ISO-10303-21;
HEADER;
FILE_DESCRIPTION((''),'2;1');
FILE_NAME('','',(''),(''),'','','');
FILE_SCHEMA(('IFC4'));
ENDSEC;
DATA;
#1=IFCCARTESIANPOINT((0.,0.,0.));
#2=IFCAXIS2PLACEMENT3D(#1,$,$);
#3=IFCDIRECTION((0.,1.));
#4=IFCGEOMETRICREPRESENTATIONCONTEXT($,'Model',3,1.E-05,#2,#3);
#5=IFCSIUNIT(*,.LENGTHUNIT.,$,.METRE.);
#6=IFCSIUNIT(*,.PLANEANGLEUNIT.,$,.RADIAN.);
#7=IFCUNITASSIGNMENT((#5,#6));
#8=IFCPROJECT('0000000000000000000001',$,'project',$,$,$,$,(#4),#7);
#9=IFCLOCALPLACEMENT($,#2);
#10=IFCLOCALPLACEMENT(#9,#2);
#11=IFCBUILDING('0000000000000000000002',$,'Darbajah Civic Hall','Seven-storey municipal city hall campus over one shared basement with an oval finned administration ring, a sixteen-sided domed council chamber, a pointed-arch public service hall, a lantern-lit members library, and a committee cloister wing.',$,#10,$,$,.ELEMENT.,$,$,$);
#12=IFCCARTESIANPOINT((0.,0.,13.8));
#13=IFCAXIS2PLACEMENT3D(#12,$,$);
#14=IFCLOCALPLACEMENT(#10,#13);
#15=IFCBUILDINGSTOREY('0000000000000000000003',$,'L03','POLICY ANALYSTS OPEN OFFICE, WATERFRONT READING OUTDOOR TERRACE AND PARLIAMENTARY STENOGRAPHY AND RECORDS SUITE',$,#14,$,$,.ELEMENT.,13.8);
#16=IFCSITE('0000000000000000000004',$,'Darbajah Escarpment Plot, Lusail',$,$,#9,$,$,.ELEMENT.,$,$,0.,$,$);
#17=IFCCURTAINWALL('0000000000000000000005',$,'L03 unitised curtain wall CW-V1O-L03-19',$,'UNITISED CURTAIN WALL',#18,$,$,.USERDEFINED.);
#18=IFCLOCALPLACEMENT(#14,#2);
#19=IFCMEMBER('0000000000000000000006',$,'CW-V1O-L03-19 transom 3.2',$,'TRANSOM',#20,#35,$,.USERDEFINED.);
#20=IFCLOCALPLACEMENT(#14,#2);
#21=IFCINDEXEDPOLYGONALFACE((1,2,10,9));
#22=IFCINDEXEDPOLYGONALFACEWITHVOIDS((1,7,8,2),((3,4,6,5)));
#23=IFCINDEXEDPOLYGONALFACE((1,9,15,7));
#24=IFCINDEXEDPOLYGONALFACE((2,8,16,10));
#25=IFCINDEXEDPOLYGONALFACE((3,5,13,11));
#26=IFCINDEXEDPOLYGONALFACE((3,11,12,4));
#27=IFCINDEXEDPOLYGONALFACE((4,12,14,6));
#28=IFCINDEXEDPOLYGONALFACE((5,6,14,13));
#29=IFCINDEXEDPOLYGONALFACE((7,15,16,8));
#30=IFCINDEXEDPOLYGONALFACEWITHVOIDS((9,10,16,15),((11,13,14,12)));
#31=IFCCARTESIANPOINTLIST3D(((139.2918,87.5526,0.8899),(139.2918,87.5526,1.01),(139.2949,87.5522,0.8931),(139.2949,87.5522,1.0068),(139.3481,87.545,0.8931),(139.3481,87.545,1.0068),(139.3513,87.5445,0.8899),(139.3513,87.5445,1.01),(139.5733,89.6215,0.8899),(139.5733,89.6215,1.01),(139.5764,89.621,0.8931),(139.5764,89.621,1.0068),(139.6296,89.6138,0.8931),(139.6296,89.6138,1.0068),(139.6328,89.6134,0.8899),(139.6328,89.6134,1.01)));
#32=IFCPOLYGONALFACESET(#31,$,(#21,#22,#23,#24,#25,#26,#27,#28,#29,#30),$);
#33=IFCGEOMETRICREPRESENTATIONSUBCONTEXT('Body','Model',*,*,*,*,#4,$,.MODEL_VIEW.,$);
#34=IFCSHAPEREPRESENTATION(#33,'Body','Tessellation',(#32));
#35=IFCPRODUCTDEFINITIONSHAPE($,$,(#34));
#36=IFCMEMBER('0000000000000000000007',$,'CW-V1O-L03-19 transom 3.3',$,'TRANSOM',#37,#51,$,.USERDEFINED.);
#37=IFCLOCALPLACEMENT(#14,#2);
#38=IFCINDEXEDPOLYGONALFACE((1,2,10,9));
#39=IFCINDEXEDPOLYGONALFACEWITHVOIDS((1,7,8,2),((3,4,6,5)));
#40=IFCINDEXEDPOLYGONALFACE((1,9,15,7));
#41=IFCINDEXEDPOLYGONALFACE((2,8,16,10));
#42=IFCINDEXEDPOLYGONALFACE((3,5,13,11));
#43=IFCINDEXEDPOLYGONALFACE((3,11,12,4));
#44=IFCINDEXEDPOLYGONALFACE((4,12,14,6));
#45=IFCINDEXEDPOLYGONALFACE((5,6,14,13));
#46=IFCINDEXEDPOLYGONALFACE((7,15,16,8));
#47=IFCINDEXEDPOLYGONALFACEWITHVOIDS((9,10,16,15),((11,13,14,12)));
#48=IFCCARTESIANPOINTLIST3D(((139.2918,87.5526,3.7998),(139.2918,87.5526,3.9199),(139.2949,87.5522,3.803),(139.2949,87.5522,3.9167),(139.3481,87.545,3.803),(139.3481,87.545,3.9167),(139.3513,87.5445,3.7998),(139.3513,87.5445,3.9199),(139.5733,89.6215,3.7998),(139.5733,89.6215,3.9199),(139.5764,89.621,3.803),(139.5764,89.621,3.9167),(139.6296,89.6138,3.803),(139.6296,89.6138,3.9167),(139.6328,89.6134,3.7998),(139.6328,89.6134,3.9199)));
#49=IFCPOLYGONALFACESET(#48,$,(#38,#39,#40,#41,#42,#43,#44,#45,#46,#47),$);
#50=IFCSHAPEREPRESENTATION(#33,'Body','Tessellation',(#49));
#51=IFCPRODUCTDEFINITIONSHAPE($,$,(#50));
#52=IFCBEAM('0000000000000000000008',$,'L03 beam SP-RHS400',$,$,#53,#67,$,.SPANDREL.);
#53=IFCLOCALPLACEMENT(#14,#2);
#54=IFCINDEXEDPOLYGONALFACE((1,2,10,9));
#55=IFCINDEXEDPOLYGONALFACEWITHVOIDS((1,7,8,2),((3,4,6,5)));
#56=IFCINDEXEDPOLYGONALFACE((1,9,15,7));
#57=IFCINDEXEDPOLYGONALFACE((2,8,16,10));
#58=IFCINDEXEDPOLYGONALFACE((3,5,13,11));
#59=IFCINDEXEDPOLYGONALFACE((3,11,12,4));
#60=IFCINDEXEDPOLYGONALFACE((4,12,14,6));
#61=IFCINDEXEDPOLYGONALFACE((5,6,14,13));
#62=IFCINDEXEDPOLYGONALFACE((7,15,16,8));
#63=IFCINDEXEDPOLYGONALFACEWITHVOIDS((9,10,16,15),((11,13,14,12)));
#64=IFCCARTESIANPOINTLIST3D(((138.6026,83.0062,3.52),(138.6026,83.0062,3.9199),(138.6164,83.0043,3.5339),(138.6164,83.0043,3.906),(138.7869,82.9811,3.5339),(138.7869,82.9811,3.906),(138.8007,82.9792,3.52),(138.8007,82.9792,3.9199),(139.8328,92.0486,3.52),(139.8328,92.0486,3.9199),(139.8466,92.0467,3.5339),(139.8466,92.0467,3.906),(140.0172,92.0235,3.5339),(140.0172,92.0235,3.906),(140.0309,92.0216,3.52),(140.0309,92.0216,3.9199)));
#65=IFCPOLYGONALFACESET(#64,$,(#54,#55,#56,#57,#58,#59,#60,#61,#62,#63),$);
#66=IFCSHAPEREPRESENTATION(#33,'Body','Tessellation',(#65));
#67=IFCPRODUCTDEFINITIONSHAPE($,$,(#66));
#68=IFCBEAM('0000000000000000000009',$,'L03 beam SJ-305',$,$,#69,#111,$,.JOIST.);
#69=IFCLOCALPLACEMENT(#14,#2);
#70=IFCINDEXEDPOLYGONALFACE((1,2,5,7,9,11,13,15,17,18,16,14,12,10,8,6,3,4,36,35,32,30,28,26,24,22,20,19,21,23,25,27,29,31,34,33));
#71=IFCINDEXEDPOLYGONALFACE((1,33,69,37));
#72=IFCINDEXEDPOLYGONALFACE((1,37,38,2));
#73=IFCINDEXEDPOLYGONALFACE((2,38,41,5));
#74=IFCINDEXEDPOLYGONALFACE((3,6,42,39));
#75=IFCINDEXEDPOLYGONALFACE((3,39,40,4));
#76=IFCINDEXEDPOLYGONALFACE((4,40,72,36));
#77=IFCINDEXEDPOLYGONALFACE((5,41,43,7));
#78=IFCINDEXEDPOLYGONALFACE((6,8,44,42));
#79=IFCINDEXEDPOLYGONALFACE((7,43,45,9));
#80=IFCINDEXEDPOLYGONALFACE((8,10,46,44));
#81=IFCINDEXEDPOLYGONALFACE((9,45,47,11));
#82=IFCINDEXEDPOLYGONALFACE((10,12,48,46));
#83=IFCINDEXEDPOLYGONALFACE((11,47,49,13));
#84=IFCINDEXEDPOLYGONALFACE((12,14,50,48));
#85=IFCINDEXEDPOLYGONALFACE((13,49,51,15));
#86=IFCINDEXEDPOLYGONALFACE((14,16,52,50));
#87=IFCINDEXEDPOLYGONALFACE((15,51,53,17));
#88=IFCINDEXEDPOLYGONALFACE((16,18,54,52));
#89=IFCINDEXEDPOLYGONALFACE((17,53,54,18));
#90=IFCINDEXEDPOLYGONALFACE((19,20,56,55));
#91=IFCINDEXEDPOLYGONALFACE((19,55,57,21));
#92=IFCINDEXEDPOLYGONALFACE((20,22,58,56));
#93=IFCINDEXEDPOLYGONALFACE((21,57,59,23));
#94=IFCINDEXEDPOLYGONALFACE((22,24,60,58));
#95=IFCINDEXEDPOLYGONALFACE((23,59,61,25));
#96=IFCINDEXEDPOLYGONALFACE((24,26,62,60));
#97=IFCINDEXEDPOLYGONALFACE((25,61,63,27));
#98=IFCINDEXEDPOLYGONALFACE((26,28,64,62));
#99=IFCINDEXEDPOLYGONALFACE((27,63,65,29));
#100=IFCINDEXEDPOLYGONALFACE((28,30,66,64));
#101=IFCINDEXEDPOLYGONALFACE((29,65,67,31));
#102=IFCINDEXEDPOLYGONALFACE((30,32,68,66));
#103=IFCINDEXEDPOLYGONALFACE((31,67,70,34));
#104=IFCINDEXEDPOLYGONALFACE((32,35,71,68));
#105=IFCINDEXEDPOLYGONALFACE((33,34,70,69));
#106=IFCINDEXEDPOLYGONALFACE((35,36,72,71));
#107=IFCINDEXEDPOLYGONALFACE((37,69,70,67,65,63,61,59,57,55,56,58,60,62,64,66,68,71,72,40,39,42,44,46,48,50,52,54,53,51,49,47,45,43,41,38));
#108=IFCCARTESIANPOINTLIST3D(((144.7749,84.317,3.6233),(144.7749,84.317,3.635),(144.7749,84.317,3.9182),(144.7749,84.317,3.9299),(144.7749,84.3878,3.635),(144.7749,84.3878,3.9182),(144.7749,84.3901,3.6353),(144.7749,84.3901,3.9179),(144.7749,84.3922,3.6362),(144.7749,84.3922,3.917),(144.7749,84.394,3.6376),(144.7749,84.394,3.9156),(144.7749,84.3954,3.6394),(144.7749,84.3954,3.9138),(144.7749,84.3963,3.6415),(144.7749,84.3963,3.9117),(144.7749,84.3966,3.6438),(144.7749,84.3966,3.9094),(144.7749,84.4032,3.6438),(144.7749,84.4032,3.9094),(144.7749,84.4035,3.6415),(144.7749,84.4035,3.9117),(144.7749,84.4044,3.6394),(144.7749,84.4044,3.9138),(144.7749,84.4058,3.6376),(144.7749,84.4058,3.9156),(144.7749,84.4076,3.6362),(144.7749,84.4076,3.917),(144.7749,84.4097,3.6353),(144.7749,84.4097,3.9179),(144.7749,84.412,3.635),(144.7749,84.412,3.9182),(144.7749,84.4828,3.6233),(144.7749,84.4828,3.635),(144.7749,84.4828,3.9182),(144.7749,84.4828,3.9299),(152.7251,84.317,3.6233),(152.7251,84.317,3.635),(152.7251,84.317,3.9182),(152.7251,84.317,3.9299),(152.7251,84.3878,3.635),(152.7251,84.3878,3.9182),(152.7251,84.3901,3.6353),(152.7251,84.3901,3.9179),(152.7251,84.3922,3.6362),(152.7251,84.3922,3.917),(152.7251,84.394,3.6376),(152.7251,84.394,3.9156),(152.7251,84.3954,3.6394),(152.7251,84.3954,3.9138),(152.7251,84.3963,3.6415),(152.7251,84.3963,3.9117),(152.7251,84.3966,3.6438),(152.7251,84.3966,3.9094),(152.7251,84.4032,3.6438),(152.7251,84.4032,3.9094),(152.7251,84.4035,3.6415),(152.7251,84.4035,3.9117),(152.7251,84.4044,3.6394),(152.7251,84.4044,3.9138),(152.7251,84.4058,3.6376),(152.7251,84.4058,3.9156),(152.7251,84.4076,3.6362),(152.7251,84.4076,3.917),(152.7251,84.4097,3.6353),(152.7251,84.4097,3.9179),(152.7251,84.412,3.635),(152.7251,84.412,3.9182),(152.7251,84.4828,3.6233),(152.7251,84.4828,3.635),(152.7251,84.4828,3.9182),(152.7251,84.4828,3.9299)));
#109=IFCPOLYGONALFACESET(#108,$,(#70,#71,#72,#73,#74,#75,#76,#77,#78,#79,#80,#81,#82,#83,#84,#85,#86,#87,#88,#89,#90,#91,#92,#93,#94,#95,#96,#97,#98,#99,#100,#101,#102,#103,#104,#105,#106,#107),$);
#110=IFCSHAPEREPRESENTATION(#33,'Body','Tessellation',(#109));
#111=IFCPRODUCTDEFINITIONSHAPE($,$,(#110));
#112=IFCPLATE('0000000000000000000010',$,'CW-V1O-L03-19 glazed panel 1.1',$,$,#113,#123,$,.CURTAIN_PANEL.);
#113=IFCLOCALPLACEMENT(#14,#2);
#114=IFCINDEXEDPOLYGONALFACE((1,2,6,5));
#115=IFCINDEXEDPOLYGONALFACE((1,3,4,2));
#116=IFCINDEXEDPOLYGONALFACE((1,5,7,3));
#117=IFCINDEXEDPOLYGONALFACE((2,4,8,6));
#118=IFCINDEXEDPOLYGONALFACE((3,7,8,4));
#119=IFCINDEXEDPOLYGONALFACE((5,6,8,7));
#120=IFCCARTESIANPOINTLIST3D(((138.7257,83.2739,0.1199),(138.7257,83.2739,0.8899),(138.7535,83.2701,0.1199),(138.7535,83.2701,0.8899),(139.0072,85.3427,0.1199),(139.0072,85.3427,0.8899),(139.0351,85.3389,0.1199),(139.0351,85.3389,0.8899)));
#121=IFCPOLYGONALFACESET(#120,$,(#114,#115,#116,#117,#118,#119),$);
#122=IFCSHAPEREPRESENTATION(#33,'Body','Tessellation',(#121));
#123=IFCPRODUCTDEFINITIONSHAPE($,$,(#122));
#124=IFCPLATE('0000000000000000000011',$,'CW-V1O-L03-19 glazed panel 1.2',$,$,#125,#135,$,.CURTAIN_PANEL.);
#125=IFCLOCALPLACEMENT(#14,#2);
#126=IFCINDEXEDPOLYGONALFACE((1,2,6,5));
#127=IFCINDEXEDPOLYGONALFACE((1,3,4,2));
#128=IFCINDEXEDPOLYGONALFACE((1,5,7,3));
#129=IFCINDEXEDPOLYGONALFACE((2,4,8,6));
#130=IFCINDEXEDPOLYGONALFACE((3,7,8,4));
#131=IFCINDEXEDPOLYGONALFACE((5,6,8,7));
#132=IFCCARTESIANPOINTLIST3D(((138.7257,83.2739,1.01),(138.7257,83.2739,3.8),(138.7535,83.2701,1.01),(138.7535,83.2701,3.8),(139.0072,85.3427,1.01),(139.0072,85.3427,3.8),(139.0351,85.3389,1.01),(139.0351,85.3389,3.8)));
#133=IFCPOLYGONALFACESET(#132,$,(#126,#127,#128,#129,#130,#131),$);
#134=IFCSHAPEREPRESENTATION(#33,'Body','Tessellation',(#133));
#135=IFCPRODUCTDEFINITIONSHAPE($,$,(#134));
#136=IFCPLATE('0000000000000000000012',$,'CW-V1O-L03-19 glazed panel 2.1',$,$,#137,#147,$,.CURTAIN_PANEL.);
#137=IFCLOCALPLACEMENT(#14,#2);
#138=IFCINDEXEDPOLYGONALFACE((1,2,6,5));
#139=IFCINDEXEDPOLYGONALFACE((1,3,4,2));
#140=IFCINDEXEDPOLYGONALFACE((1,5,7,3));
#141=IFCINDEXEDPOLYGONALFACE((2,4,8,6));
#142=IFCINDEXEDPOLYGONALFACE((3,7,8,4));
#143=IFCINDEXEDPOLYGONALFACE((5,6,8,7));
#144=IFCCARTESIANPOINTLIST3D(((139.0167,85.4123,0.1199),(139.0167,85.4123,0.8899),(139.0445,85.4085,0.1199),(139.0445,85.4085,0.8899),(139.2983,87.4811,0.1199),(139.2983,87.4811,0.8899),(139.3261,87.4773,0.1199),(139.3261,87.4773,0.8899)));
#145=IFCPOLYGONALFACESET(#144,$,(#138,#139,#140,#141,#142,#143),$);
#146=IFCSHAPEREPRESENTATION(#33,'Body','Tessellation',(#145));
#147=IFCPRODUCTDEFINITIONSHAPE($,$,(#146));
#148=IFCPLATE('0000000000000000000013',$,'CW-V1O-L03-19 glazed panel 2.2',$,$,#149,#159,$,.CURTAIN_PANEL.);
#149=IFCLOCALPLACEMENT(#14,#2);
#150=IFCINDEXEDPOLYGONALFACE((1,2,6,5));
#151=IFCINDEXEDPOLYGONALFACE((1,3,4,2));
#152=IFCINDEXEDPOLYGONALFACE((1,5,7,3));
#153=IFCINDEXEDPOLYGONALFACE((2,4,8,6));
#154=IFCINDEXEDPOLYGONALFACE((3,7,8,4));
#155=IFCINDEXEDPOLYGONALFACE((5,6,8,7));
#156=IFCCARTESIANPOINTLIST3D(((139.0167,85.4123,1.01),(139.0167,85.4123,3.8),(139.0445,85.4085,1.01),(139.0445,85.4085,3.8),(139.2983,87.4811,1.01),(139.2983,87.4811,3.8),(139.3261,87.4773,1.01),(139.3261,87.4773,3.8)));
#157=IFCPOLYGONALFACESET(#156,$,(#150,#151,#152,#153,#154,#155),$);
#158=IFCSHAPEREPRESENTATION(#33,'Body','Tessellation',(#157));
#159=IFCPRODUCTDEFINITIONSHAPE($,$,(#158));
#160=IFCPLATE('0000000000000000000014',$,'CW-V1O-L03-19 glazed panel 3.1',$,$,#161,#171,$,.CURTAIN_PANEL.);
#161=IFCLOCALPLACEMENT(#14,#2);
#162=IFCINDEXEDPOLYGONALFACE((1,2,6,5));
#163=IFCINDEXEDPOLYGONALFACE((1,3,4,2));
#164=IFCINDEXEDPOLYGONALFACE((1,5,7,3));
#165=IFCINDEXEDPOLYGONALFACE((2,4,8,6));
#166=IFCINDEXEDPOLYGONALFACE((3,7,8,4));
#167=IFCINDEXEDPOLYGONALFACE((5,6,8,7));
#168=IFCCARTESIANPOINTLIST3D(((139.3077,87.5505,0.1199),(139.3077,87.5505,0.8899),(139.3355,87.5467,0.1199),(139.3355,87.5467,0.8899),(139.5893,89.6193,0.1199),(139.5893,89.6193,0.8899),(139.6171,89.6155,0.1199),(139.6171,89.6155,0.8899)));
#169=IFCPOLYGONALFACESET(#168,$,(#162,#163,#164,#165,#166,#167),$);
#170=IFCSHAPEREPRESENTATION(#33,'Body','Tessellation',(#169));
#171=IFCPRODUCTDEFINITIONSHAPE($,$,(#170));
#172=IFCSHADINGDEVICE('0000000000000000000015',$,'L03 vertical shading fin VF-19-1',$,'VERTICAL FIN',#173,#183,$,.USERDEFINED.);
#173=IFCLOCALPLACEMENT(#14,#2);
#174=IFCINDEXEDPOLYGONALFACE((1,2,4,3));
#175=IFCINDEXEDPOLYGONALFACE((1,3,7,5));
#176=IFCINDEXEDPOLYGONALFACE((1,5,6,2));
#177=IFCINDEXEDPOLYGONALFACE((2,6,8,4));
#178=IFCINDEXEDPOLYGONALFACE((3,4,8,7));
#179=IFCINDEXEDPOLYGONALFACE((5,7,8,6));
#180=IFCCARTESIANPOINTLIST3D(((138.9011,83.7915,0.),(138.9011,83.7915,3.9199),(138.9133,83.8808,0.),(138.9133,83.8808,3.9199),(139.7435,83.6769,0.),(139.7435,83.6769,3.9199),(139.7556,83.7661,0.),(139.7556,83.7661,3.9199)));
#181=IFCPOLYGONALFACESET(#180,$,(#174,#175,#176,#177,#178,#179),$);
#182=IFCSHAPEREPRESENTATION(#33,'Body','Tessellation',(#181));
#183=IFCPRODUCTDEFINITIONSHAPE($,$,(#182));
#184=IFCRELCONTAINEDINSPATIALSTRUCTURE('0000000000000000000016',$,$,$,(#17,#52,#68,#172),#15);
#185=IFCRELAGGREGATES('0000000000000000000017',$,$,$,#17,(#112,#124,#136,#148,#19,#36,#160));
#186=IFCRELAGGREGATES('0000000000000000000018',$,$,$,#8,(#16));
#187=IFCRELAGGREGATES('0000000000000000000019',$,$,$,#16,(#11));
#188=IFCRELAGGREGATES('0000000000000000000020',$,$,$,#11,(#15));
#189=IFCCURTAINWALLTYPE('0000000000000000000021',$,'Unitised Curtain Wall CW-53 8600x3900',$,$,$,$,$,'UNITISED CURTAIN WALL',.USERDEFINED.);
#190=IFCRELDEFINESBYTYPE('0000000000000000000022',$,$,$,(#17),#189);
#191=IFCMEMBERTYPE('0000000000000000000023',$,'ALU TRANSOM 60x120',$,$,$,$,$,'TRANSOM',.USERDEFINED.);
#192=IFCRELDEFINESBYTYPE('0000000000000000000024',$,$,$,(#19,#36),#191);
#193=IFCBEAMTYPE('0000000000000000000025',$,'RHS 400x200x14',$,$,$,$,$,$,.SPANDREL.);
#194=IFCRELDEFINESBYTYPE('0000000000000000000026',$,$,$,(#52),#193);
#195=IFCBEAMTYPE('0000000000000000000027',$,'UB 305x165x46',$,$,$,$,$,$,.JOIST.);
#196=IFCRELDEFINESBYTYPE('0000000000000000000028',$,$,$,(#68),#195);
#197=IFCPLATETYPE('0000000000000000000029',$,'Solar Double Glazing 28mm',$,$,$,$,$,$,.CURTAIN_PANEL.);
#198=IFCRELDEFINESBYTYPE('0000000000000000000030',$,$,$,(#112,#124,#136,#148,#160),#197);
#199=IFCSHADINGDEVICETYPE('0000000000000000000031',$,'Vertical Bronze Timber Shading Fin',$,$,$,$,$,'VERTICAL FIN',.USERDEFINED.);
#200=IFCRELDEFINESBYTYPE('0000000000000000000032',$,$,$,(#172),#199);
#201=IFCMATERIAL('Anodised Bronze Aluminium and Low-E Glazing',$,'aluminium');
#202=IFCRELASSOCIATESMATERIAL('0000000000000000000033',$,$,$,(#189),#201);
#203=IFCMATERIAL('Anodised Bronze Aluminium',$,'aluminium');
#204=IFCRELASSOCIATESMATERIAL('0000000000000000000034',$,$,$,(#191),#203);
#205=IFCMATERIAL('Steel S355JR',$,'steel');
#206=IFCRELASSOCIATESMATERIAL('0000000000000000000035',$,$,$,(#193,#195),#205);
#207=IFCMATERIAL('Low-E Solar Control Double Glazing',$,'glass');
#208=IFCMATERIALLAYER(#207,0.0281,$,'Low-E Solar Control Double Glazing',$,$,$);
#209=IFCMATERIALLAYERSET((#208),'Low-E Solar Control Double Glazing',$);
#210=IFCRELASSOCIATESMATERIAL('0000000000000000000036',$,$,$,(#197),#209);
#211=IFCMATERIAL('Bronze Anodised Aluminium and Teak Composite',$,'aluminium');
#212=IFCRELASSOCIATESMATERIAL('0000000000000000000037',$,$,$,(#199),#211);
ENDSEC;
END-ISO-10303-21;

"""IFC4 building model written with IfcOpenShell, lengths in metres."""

from ifc_helpers import new_model, si_unit, direction, frame, origin, origin_2d, place, context, subcontext, project, spatial, rectangle, hollow_rectangle, i_section, extrude, material, layer, layer_set, material_profile, profile_set, type_object, element, aggregate, save


model = new_model("IFC4")

# Units and contexts
model_context = context("Model", 3, precision=1e-05, world=origin(), true_north=direction((0.0, 1.0)))
body_context = subcontext(model_context, "Body", "Model", "MODEL_VIEW")
ifc_project = project(units=[si_unit("LENGTHUNIT", "METRE"), si_unit("PLANEANGLEUNIT", "RADIAN")], contexts=[model_context])

# Site, building, storey
site_placement = place(None, origin())
site = spatial("IfcSite", under=ifc_project, at=site_placement, Name="Darbajah Escarpment Plot, Lusail", CompositionType="ELEMENT", RefElevation=0.0)
building_placement = place(site_placement, origin())
building = spatial("IfcBuilding", under=site, at=building_placement, Name="Darbajah Civic Hall", Description="Seven-storey municipal city hall campus over one shared basement with an oval finned administration ring, a sixteen-sided domed council chamber, a pointed-arch public service hall, a lantern-lit members library, and a committee cloister wing.", CompositionType="ELEMENT")
storey_placement = place(building_placement, frame((0.0, 0.0, 13.8)))
storey = spatial("IfcBuildingStorey", under=building, at=storey_placement, Name="L03", Description="POLICY ANALYSTS OPEN OFFICE, WATERFRONT READING OUTDOOR TERRACE AND PARLIAMENTARY STENOGRAPHY AND RECORDS SUITE", CompositionType="ELEMENT", Elevation=13.8)

# Curtain wall, members
ifc_material_1 = material(Name="Anodised Bronze Aluminium and Low-E Glazing", Category="aluminium")
curtain_wall_type = type_object("IfcCurtainWallType", Name="Unitised Curtain Wall CW-53 8600x3900", ElementType="UNITISED CURTAIN WALL", PredefinedType="USERDEFINED", material=ifc_material_1)
curtain_wall_placement = place(storey_placement, origin())
curtain_wall = element("IfcCurtainWall", 1, at=curtain_wall_placement, inside=storey, type_object=curtain_wall_type, Name="L03 unitised curtain wall CW-V1O-L03-19", ObjectType="UNITISED CURTAIN WALL", PredefinedType="USERDEFINED")
ifc_material_2 = material(Name="Anodised Bronze Aluminium", Category="aluminium")
ifc_material_profile_1 = material_profile(ifc_material_2, hollow_rectangle(XDim=0.0601, YDim=0.1201, WallThickness=0.0032, at=origin_2d()), Name="ALU TRANSOM 60x120")
ifc_profile_set_1 = profile_set([ifc_material_profile_1], Name="Anodised Bronze Aluminium")
member_type_1 = type_object("IfcMemberType", Name="ALU TRANSOM 60x120", ElementType="TRANSOM", PredefinedType="USERDEFINED", material=ifc_profile_set_1)
member_1_placement = place(storey_placement, frame((139.3215, 87.5486, 0.95), z_axis=(0.134821, 0.99087, 0.0), x_axis=(-0.99087, 0.134821, 0.0)))
member_1 = element("IfcMember", 2, at=member_1_placement, type_object=member_type_1, Name="CW-V1O-L03-19 transom 3.2", ObjectType="TRANSOM", PredefinedType="USERDEFINED", context=body_context, shape_type="SweptSolid", body=[
    extrude(hollow_rectangle(XDim=0.0601, YDim=0.1201, WallThickness=0.0032, at=origin_2d()), origin(), (0.0, 0.0, 1.0), 2.0879),
])
member_2_placement = place(storey_placement, frame((139.3215, 87.5486, 3.8599), z_axis=(0.134821, 0.99087, 0.0), x_axis=(-0.99087, 0.134821, 0.0)))
member_2 = element("IfcMember", 3, at=member_2_placement, type_object=member_type_1, Name="CW-V1O-L03-19 transom 3.3", ObjectType="TRANSOM", PredefinedType="USERDEFINED", context=body_context, shape_type="SweptSolid", body=[
    extrude(hollow_rectangle(XDim=0.0601, YDim=0.1201, WallThickness=0.0032, at=origin_2d()), origin(), (0.0, 0.0, 1.0), 2.0879),
])

# Beams
ifc_material_3 = material(Name="Steel S355JR", Category="steel")
ifc_material_profile_2 = material_profile(ifc_material_3, hollow_rectangle(XDim=0.2, YDim=0.3999, WallThickness=0.0139, at=origin_2d()), Name="RHS 400x200x14")
ifc_profile_set_2 = profile_set([ifc_material_profile_2], Name="Steel S355JR")
beam_type_1 = type_object("IfcBeamType", Name="RHS 400x200x14", PredefinedType="SPANDREL", material=ifc_profile_set_2)
beam_1_placement = place(storey_placement, frame((138.7017, 82.9927, 3.72), z_axis=(0.134808, 0.990872, 0.0), x_axis=(-0.990872, 0.134808, 0.0)))
element("IfcBeam", 4, at=beam_1_placement, inside=storey, type_object=beam_type_1, Name="L03 beam SP-RHS400", PredefinedType="SPANDREL", context=body_context, shape_type="SweptSolid", body=[
    extrude(hollow_rectangle(XDim=0.2, YDim=0.3999, WallThickness=0.0139, at=origin_2d()), origin(), (0.0, 0.0, 1.0), 9.1257),
])
ifc_material_profile_3 = material_profile(ifc_material_3, i_section(OverallWidth=0.1658, OverallDepth=0.3066, WebThickness=0.0066, FlangeThickness=0.0117, FilletRadius=0.0088, at=origin_2d()), Name="UB 305x165x46")
ifc_profile_set_3 = profile_set([ifc_material_profile_3], Name="Steel S355JR")
beam_type_2 = type_object("IfcBeamType", Name="UB 305x165x46", PredefinedType="JOIST", material=ifc_profile_set_3)
beam_2_placement = place(storey_placement, frame((144.7749, 84.3999, 3.7766), z_axis=(1.0, 0.0, 0.0), x_axis=(0.0, 1.0, 0.0)))
element("IfcBeam", 5, at=beam_2_placement, inside=storey, type_object=beam_type_2, Name="L03 beam SJ-305", PredefinedType="JOIST", context=body_context, shape_type="SweptSolid", body=[
    extrude(i_section(OverallWidth=0.1658, OverallDepth=0.3066, WebThickness=0.0066, FlangeThickness=0.0117, FilletRadius=0.0088, at=origin_2d()), origin(), (0.0, 0.0, 1.0), 7.9502),
])

# Plates
ifc_material_4 = material(Name="Low-E Solar Control Double Glazing", Category="glass")
ifc_layer = layer(ifc_material_4, 0.0281, Name="Low-E Solar Control Double Glazing")
ifc_layer_set = layer_set([ifc_layer], Name="Low-E Solar Control Double Glazing")
plate_type = type_object("IfcPlateType", Name="Solar Double Glazing 28mm", PredefinedType="CURTAIN_PANEL", material=ifc_layer_set)
plate_1_placement = place(storey_placement, frame((138.8804, 84.3064, 0.1199), z_axis=(0.0, 0.0, 1.0), x_axis=(0.134851, 0.990866, 0.0)))
plate_1 = element("IfcPlate", 6, at=plate_1_placement, type_object=plate_type, Name="CW-V1O-L03-19 glazed panel 1.1", PredefinedType="CURTAIN_PANEL", context=body_context, shape_type="SweptSolid", body=[
    extrude(rectangle(XDim=2.0879, YDim=0.0281, at=origin_2d()), origin(), (0.0, 0.0, 1.0), 0.77),
])
plate_2_placement = place(storey_placement, frame((138.8804, 84.3064, 1.01), z_axis=(0.0, 0.0, 1.0), x_axis=(0.134851, 0.990866, 0.0)))
plate_2 = element("IfcPlate", 7, at=plate_2_placement, type_object=plate_type, Name="CW-V1O-L03-19 glazed panel 1.2", PredefinedType="CURTAIN_PANEL", context=body_context, shape_type="SweptSolid", body=[
    extrude(rectangle(XDim=2.0879, YDim=0.0281, at=origin_2d()), origin(), (0.0, 0.0, 1.0), 2.79),
])
plate_3_placement = place(storey_placement, frame((139.1714, 86.4448, 0.1199), z_axis=(0.0, 0.0, 1.0), x_axis=(0.134851, 0.990866, 0.0)))
plate_3 = element("IfcPlate", 8, at=plate_3_placement, type_object=plate_type, Name="CW-V1O-L03-19 glazed panel 2.1", PredefinedType="CURTAIN_PANEL", context=body_context, shape_type="SweptSolid", body=[
    extrude(rectangle(XDim=2.0879, YDim=0.0281, at=origin_2d()), origin(), (0.0, 0.0, 1.0), 0.77),
])
plate_4_placement = place(storey_placement, frame((139.1714, 86.4448, 1.01), z_axis=(0.0, 0.0, 1.0), x_axis=(0.134851, 0.990866, 0.0)))
plate_4 = element("IfcPlate", 9, at=plate_4_placement, type_object=plate_type, Name="CW-V1O-L03-19 glazed panel 2.2", PredefinedType="CURTAIN_PANEL", context=body_context, shape_type="SweptSolid", body=[
    extrude(rectangle(XDim=2.0879, YDim=0.0281, at=origin_2d()), origin(), (0.0, 0.0, 1.0), 2.79),
])
plate_5_placement = place(storey_placement, frame((139.4624, 88.583, 0.1199), z_axis=(0.0, 0.0, 1.0), x_axis=(0.134851, 0.990866, 0.0)))
plate_5 = element("IfcPlate", 10, at=plate_5_placement, type_object=plate_type, Name="CW-V1O-L03-19 glazed panel 3.1", PredefinedType="CURTAIN_PANEL", context=body_context, shape_type="SweptSolid", body=[
    extrude(rectangle(XDim=2.0879, YDim=0.0281, at=origin_2d()), origin(), (0.0, 0.0, 1.0), 0.77),
])
aggregate(curtain_wall, [plate_1, plate_2, plate_3, plate_4, member_1, member_2, plate_5])

# Shading device
ifc_material_5 = material(Name="Bronze Anodised Aluminium and Teak Composite", Category="aluminium")
shading_device_type = type_object("IfcShadingDeviceType", Name="Vertical Bronze Timber Shading Fin", ElementType="VERTICAL FIN", PredefinedType="USERDEFINED", material=ifc_material_5)
for number, where, z_axis, x_axis, name in (
    (11, (139.3284, 83.7788, 0.0), (0.0, 0.0, 1.0), (0.990866, -0.134851, 0.0), "L03 vertical shading fin VF-19-1"),
):
    element("IfcShadingDevice", number, at=place(storey_placement, frame(where, z_axis=z_axis, x_axis=x_axis)), inside=storey, type_object=shading_device_type, Name=name, ObjectType="VERTICAL FIN", PredefinedType="USERDEFINED", context=body_context, shape_type="SweptSolid", body=[
        extrude(rectangle(XDim=0.8501, YDim=0.0901, at=origin_2d()), origin(), (0.0, 0.0, 1.0), 3.9199),
    ])

save(model, "model.ifc")
